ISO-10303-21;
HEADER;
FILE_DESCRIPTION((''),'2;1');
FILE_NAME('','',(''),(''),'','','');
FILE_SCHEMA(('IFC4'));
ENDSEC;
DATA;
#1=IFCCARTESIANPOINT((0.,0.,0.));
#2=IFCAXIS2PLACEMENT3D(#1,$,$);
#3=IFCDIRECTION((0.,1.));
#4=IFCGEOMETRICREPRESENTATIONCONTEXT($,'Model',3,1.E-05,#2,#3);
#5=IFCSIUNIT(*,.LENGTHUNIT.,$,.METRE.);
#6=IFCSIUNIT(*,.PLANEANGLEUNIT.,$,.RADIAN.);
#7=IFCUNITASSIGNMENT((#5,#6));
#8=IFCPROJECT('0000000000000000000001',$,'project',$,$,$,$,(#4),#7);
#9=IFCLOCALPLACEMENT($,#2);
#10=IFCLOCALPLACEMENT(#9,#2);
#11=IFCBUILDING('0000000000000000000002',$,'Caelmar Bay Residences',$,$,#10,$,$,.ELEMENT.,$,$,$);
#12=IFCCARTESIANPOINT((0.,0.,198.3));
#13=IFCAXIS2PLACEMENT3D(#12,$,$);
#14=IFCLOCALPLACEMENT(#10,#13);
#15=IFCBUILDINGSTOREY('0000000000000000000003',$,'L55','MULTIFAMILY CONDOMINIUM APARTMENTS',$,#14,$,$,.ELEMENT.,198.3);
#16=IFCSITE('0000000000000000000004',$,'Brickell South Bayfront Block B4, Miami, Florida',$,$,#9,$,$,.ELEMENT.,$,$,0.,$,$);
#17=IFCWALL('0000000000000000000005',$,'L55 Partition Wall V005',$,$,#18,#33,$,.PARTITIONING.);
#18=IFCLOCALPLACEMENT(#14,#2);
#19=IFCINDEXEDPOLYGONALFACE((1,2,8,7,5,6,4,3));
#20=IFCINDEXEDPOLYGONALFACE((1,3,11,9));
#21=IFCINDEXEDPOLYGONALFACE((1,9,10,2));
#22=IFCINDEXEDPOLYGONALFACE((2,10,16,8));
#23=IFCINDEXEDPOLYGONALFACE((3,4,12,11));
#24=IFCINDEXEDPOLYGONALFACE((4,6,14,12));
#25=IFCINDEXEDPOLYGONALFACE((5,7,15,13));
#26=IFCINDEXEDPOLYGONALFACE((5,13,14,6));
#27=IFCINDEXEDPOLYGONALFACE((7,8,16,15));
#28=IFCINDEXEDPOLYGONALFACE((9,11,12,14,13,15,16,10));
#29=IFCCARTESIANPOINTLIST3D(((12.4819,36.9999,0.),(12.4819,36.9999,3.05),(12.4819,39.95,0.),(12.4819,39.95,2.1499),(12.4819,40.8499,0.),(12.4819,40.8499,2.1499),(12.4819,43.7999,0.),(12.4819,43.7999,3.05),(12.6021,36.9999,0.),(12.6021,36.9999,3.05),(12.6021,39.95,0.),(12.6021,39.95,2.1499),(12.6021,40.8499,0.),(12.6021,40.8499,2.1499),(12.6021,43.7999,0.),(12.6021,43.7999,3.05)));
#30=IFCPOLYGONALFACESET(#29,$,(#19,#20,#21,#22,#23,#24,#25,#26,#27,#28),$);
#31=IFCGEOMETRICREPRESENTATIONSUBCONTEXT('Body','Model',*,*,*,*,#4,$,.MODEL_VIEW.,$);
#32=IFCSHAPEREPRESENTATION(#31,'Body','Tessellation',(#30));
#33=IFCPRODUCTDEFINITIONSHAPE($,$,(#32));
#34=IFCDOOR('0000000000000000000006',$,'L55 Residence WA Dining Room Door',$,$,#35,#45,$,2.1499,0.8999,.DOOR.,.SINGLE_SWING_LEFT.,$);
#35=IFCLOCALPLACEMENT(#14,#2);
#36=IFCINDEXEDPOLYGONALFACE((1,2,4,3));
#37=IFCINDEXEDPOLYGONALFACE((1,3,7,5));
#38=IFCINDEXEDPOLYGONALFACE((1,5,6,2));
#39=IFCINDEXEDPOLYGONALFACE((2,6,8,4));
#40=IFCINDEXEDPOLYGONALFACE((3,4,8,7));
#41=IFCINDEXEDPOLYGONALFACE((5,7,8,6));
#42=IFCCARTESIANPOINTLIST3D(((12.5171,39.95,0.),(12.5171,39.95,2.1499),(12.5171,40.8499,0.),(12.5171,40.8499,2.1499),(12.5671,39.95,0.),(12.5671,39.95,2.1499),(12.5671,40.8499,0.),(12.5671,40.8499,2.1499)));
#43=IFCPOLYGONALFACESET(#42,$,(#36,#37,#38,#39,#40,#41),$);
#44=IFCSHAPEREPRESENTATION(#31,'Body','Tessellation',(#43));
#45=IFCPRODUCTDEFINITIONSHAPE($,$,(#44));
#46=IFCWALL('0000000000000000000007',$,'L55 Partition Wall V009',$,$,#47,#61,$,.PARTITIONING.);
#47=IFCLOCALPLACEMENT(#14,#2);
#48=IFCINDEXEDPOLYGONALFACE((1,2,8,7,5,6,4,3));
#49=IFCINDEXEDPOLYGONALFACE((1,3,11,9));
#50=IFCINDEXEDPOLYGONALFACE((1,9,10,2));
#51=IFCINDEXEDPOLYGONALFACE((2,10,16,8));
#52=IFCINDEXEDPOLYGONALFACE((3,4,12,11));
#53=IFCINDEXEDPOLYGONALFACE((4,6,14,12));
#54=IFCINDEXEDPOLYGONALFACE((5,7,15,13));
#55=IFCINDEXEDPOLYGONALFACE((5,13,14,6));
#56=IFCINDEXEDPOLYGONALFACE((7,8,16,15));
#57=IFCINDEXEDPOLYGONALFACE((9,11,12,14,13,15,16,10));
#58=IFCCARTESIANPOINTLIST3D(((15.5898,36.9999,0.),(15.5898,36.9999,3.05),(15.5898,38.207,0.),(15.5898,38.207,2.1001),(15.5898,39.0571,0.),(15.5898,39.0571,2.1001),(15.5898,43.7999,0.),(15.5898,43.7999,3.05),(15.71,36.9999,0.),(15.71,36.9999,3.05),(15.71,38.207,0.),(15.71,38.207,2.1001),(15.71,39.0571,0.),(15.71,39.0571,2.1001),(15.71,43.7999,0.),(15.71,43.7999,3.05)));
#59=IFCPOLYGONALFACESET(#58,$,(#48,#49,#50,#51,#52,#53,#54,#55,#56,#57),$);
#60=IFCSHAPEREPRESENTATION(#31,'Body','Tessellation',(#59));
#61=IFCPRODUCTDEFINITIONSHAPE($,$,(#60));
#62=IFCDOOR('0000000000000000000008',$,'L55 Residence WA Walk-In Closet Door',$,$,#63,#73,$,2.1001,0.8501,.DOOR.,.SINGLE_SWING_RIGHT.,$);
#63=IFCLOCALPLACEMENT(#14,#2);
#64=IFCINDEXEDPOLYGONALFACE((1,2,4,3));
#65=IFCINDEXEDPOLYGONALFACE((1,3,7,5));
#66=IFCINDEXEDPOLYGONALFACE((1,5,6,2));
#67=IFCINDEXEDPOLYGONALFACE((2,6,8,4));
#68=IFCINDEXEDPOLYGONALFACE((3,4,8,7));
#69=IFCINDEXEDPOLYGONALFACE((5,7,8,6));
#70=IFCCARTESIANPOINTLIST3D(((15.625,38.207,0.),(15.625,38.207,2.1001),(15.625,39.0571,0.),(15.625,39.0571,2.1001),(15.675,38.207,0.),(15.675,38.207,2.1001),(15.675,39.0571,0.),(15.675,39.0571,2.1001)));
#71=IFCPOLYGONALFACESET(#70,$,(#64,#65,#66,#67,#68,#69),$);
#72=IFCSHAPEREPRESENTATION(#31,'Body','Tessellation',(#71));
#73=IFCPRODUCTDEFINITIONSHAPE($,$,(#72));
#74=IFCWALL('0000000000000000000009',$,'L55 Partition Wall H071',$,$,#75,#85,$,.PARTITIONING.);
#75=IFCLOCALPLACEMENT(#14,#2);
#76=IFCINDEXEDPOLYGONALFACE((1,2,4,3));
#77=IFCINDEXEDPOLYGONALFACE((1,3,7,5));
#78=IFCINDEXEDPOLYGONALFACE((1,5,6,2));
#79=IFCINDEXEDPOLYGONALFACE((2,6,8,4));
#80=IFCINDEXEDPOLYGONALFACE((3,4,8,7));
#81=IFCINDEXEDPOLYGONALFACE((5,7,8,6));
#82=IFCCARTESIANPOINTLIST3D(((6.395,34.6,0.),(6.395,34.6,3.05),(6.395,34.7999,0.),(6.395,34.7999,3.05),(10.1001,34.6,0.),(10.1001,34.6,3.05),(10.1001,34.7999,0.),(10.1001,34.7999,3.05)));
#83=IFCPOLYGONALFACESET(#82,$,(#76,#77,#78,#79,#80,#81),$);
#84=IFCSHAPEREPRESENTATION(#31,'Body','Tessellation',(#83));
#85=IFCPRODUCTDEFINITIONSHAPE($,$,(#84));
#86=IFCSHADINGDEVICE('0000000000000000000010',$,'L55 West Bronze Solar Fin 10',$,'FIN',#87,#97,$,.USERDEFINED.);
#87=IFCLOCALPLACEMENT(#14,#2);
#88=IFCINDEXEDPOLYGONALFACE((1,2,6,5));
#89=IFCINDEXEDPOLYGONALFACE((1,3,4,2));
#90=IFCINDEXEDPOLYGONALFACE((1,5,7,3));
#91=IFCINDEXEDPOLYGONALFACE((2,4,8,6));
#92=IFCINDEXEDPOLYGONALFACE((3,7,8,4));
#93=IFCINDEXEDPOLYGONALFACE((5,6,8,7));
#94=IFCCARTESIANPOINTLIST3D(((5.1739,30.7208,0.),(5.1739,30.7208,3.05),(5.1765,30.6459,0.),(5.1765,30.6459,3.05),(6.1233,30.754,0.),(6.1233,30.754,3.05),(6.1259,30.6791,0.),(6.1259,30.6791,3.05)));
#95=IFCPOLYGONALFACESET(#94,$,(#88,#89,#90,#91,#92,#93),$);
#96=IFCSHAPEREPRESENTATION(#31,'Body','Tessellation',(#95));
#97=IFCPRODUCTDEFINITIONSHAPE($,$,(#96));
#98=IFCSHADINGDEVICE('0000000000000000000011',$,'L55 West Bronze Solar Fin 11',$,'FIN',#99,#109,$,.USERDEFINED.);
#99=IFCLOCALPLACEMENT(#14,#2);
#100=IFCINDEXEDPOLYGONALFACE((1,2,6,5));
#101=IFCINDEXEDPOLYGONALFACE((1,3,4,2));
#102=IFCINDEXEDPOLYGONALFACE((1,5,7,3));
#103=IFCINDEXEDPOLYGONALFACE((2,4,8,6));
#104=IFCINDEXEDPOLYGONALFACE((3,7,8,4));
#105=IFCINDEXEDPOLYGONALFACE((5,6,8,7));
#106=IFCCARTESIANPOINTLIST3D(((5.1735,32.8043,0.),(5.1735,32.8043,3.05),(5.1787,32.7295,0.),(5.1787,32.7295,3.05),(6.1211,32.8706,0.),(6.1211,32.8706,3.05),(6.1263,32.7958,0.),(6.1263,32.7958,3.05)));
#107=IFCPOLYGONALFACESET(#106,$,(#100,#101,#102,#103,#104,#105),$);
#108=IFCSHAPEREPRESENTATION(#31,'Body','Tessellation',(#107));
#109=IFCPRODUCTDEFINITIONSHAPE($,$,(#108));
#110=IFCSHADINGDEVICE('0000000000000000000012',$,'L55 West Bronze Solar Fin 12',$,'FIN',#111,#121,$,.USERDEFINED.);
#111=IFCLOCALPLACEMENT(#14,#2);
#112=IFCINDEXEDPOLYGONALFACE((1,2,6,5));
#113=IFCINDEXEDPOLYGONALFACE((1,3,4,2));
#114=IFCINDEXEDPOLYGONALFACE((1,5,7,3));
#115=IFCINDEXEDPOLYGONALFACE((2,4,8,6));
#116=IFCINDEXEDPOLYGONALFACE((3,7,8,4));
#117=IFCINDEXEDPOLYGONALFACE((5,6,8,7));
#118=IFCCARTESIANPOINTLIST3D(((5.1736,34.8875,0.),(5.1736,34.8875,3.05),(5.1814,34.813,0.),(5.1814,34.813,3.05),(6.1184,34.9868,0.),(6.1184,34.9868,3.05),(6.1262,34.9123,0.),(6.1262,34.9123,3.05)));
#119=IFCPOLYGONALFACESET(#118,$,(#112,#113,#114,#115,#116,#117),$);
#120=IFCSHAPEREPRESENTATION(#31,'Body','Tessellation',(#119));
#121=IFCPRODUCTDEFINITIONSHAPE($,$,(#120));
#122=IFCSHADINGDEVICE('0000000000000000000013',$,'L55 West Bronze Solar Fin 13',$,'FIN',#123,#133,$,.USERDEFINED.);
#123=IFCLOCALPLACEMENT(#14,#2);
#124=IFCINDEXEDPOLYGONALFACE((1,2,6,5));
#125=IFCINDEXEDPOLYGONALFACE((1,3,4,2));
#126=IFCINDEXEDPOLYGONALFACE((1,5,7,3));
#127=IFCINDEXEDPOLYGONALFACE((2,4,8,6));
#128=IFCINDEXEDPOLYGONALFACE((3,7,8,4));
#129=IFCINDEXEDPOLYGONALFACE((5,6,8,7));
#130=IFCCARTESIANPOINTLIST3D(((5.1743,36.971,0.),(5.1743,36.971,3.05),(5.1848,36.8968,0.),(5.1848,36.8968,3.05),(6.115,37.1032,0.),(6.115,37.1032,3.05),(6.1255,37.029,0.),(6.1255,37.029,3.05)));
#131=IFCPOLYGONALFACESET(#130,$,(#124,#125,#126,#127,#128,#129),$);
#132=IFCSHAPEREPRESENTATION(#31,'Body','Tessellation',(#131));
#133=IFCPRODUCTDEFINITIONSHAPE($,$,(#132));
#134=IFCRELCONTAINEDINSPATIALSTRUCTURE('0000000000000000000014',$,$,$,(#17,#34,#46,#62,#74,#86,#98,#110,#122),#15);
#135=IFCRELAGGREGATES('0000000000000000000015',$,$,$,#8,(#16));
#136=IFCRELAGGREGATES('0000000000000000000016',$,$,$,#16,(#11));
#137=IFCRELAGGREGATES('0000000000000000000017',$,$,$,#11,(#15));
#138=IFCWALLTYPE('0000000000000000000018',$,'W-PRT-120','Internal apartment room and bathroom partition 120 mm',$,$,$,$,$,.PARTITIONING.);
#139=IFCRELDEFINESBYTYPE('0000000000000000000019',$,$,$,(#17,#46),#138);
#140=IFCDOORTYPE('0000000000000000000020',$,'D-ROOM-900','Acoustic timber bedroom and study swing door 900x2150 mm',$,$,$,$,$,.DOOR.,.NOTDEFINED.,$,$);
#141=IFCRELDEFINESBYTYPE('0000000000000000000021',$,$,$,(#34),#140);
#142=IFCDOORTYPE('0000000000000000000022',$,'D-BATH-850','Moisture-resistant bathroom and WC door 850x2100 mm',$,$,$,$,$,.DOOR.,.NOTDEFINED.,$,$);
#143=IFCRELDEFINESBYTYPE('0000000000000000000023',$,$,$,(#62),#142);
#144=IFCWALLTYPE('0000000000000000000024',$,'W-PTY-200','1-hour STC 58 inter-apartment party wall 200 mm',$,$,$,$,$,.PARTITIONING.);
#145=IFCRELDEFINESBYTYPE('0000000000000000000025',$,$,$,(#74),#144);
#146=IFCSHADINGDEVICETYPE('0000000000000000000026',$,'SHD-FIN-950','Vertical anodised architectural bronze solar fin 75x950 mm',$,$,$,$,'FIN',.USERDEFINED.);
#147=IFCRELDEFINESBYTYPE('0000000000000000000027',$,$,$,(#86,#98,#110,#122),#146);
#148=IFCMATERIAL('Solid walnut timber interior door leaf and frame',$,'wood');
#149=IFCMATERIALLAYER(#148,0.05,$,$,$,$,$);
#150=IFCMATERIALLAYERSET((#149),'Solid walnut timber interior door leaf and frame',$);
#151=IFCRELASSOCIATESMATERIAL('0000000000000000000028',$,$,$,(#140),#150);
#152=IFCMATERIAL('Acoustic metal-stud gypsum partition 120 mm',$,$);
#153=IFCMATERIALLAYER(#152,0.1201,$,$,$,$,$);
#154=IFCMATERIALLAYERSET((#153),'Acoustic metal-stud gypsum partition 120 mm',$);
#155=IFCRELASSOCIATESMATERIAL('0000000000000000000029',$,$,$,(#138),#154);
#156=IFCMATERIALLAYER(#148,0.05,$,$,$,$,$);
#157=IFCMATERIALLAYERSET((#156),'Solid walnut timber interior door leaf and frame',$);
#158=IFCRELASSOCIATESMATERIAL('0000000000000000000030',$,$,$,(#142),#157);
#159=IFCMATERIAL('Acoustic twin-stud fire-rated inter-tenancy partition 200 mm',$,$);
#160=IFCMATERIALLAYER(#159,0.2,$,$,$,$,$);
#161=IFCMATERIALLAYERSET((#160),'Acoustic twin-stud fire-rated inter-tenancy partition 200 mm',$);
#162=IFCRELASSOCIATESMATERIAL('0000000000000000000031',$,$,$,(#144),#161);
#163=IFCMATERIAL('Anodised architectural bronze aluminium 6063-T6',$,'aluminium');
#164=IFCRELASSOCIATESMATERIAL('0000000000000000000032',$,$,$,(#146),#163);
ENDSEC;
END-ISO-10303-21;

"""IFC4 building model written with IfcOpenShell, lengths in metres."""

from ifc_helpers import new_model, si_unit, direction, frame, frame_2d, origin, origin_2d, place, context, subcontext, project, spatial, rectangle, extrude, material, layer, layer_set, material_profile, profile_set, type_object, element, fill, save


model = new_model("IFC4")

# Units and contexts
model_context = context("Model", 3, precision=1e-05, world=origin(), true_north=direction((0.0, 1.0)))
body_context = subcontext(model_context, "Body", "Model", "MODEL_VIEW")
ifc_project = project(units=[si_unit("LENGTHUNIT", "METRE"), si_unit("PLANEANGLEUNIT", "RADIAN")], contexts=[model_context])

# Site, building, storey
site_placement = place(None, origin())
site = spatial("IfcSite", under=ifc_project, at=site_placement, Name="Brickell South Bayfront Block B4, Miami, Florida", CompositionType="ELEMENT", RefElevation=0.0)
building_placement = place(site_placement, origin())
building = spatial("IfcBuilding", under=site, at=building_placement, Name="Caelmar Bay Residences", CompositionType="ELEMENT")
storey_placement = place(building_placement, frame((0.0, 0.0, 198.3)))
storey = spatial("IfcBuildingStorey", under=building, at=storey_placement, Name="L55", Description="MULTIFAMILY CONDOMINIUM APARTMENTS", CompositionType="ELEMENT", Elevation=198.3)

# Walls, openings, doors
ifc_material_1 = material(Name="Solid walnut timber interior door leaf and frame", Category="wood")
ifc_layer_1 = layer(ifc_material_1, 0.05)
ifc_layer_set_1 = layer_set([ifc_layer_1], Name="Solid walnut timber interior door leaf and frame")
door_type_1 = type_object("IfcDoorType", Name="D-ROOM-900", Description="Acoustic timber bedroom and study swing door 900x2150 mm", OperationType="NOTDEFINED", PredefinedType="DOOR", material=ifc_layer_set_1)
ifc_material_2 = material(Name="Acoustic metal-stud gypsum partition 120 mm")
ifc_layer_2 = layer(ifc_material_2, 0.1201)
ifc_layer_set_2 = layer_set([ifc_layer_2], Name="Acoustic metal-stud gypsum partition 120 mm")
wall_type_1 = type_object("IfcWallType", Name="W-PRT-120", Description="Internal apartment room and bathroom partition 120 mm", PredefinedType="PARTITIONING", material=ifc_layer_set_2)
wall_1_placement = place(storey_placement, frame((12.542, 37.0, 0.0), z_axis=(0.0, 0.0, 1.0), x_axis=(0.0, 1.0, 0.0)))
wall_1 = element("IfcWall", 1, at=wall_1_placement, inside=storey, type_object=wall_type_1, Name="L55 Partition Wall V005", PredefinedType="PARTITIONING", context=body_context, shape_type="SweptSolid", body=[
    extrude(rectangle(XDim=6.8, YDim=0.1201, at=frame_2d((3.3999, 0.0))), origin(), (0.0, 0.0, 1.0), 3.05),
])
opening_1_placement = place(wall_1_placement, frame((2.95, 0.0, 0.0)))
opening_1 = element("IfcOpeningElement", 2, at=opening_1_placement, cuts=wall_1, PredefinedType="OPENING", context=body_context, shape_type="SweptSolid", body=[
    extrude(rectangle(XDim=0.8999, YDim=2.1499, at=frame_2d((0.45, 1.075))), frame((0.0, 0.0701, 0.0), z_axis=(0.0, -1.0, 0.0), x_axis=(1.0, 0.0, 0.0)), (0.0, 0.0, 1.0), 0.1401),
])
door_1_placement = place(opening_1_placement, origin())
door_1 = element("IfcDoor", 3, at=door_1_placement, inside=storey, type_object=door_type_1, Name="L55 Residence WA Dining Room Door", OperationType="SINGLE_SWING_LEFT", OverallHeight=2.1499, OverallWidth=0.8999, PredefinedType="DOOR", context=body_context, shape_type="SweptSolid", body=[
    extrude(rectangle(XDim=0.8999, YDim=2.1499, at=frame_2d((0.45, 1.075))), frame((0.0, 0.0249, 0.0), z_axis=(0.0, -1.0, 0.0), x_axis=(1.0, 0.0, 0.0)), (0.0, 0.0, 1.0), 0.05),
])
fill(opening_1, door_1)
wall_2_placement = place(storey_placement, frame((15.6499, 37.0, 0.0), z_axis=(0.0, 0.0, 1.0), x_axis=(0.0, 1.0, 0.0)))
wall_2 = element("IfcWall", 4, at=wall_2_placement, inside=storey, type_object=wall_type_1, Name="L55 Partition Wall V009", PredefinedType="PARTITIONING", context=body_context, shape_type="SweptSolid", body=[
    extrude(rectangle(XDim=6.8, YDim=0.1201, at=frame_2d((3.3999, 0.0))), origin(), (0.0, 0.0, 1.0), 3.05),
])
opening_2_placement = place(wall_2_placement, frame((1.207, 0.0, 0.0)))
opening_2 = element("IfcOpeningElement", 5, at=opening_2_placement, cuts=wall_2, PredefinedType="OPENING", context=body_context, shape_type="SweptSolid", body=[
    extrude(rectangle(XDim=0.8501, YDim=2.1001, at=frame_2d((0.425, 1.05))), frame((0.0, 0.0701, 0.0), z_axis=(0.0, -1.0, 0.0), x_axis=(1.0, 0.0, 0.0)), (0.0, 0.0, 1.0), 0.1401),
])
ifc_layer_3 = layer(ifc_material_1, 0.05)
ifc_layer_set_3 = layer_set([ifc_layer_3], Name="Solid walnut timber interior door leaf and frame")
door_type_2 = type_object("IfcDoorType", Name="D-BATH-850", Description="Moisture-resistant bathroom and WC door 850x2100 mm", OperationType="NOTDEFINED", PredefinedType="DOOR", material=ifc_layer_set_3)
door_2_placement = place(opening_2_placement, origin())
door_2 = element("IfcDoor", 6, at=door_2_placement, inside=storey, type_object=door_type_2, Name="L55 Residence WA Walk-In Closet Door", OperationType="SINGLE_SWING_RIGHT", OverallHeight=2.1001, OverallWidth=0.8501, PredefinedType="DOOR", context=body_context, shape_type="SweptSolid", body=[
    extrude(rectangle(XDim=0.8501, YDim=2.1001, at=frame_2d((0.425, 1.05))), frame((0.0, 0.0249, 0.0), z_axis=(0.0, -1.0, 0.0), x_axis=(1.0, 0.0, 0.0)), (0.0, 0.0, 1.0), 0.05),
])
fill(opening_2, door_2)

# Wall
ifc_material_3 = material(Name="Acoustic twin-stud fire-rated inter-tenancy partition 200 mm")
ifc_layer_4 = layer(ifc_material_3, 0.2)
ifc_layer_set_4 = layer_set([ifc_layer_4], Name="Acoustic twin-stud fire-rated inter-tenancy partition 200 mm")
wall_type_2 = type_object("IfcWallType", Name="W-PTY-200", Description="1-hour STC 58 inter-apartment party wall 200 mm", PredefinedType="PARTITIONING", material=ifc_layer_set_4)
wall_3_placement = place(storey_placement, frame((6.395, 34.7, 0.0), z_axis=(0.0, 0.0, 1.0), x_axis=(1.0, 0.0, 0.0)))
element("IfcWall", 7, at=wall_3_placement, inside=storey, type_object=wall_type_2, Name="L55 Partition Wall H071", PredefinedType="PARTITIONING", context=body_context, shape_type="SweptSolid", body=[
    extrude(rectangle(XDim=3.7051, YDim=0.2, at=frame_2d((1.8525, 0.0))), origin(), (0.0, 0.0, 1.0), 3.05),
])

# Shading devices
ifc_material_4 = material(Name="Anodised architectural bronze aluminium 6063-T6", Category="aluminium")
ifc_material_profile = material_profile(ifc_material_4, rectangle(XDim=0.075, YDim=0.95, at=origin_2d()), Name="BRONZE-FIN-75X950")
ifc_profile_set = profile_set([ifc_material_profile], Name="Anodised architectural bronze aluminium 6063-T6")
shading_device_type = type_object("IfcShadingDeviceType", Name="SHD-FIN-950", Description="Vertical anodised architectural bronze solar fin 75x950 mm", ElementType="FIN", PredefinedType="USERDEFINED", material=ifc_profile_set)
for number, where, z_axis, x_axis, name in (
    (8, (5.6499, 30.7, 0.0), (0.0, 0.0, 1.0), (-0.034899, 0.999391, 0.0), "L55 West Bronze Solar Fin 10"),
    (9, (5.6499, 32.8, 0.0), (0.0, 0.0, 1.0), (-0.069756, 0.997564, 0.0), "L55 West Bronze Solar Fin 11"),
    (10, (5.6499, 34.8999, 0.0), (0.0, 0.0, 1.0), (-0.104528, 0.994522, 0.0), "L55 West Bronze Solar Fin 12"),
    (11, (5.6499, 37.0, 0.0), (0.0, 0.0, 1.0), (-0.139173, 0.990268, 0.0), "L55 West Bronze Solar Fin 13"),
):
    element("IfcShadingDevice", number, at=place(storey_placement, frame(where, z_axis=z_axis, x_axis=x_axis)), inside=storey, type_object=shading_device_type, Name=name, ObjectType="FIN", PredefinedType="USERDEFINED", context=body_context, shape_type="SweptSolid", body=[
        extrude(rectangle(XDim=0.075, YDim=0.95, at=origin_2d()), origin(), (0.0, 0.0, 1.0), 3.05),
    ])

save(model, "model.ifc")
